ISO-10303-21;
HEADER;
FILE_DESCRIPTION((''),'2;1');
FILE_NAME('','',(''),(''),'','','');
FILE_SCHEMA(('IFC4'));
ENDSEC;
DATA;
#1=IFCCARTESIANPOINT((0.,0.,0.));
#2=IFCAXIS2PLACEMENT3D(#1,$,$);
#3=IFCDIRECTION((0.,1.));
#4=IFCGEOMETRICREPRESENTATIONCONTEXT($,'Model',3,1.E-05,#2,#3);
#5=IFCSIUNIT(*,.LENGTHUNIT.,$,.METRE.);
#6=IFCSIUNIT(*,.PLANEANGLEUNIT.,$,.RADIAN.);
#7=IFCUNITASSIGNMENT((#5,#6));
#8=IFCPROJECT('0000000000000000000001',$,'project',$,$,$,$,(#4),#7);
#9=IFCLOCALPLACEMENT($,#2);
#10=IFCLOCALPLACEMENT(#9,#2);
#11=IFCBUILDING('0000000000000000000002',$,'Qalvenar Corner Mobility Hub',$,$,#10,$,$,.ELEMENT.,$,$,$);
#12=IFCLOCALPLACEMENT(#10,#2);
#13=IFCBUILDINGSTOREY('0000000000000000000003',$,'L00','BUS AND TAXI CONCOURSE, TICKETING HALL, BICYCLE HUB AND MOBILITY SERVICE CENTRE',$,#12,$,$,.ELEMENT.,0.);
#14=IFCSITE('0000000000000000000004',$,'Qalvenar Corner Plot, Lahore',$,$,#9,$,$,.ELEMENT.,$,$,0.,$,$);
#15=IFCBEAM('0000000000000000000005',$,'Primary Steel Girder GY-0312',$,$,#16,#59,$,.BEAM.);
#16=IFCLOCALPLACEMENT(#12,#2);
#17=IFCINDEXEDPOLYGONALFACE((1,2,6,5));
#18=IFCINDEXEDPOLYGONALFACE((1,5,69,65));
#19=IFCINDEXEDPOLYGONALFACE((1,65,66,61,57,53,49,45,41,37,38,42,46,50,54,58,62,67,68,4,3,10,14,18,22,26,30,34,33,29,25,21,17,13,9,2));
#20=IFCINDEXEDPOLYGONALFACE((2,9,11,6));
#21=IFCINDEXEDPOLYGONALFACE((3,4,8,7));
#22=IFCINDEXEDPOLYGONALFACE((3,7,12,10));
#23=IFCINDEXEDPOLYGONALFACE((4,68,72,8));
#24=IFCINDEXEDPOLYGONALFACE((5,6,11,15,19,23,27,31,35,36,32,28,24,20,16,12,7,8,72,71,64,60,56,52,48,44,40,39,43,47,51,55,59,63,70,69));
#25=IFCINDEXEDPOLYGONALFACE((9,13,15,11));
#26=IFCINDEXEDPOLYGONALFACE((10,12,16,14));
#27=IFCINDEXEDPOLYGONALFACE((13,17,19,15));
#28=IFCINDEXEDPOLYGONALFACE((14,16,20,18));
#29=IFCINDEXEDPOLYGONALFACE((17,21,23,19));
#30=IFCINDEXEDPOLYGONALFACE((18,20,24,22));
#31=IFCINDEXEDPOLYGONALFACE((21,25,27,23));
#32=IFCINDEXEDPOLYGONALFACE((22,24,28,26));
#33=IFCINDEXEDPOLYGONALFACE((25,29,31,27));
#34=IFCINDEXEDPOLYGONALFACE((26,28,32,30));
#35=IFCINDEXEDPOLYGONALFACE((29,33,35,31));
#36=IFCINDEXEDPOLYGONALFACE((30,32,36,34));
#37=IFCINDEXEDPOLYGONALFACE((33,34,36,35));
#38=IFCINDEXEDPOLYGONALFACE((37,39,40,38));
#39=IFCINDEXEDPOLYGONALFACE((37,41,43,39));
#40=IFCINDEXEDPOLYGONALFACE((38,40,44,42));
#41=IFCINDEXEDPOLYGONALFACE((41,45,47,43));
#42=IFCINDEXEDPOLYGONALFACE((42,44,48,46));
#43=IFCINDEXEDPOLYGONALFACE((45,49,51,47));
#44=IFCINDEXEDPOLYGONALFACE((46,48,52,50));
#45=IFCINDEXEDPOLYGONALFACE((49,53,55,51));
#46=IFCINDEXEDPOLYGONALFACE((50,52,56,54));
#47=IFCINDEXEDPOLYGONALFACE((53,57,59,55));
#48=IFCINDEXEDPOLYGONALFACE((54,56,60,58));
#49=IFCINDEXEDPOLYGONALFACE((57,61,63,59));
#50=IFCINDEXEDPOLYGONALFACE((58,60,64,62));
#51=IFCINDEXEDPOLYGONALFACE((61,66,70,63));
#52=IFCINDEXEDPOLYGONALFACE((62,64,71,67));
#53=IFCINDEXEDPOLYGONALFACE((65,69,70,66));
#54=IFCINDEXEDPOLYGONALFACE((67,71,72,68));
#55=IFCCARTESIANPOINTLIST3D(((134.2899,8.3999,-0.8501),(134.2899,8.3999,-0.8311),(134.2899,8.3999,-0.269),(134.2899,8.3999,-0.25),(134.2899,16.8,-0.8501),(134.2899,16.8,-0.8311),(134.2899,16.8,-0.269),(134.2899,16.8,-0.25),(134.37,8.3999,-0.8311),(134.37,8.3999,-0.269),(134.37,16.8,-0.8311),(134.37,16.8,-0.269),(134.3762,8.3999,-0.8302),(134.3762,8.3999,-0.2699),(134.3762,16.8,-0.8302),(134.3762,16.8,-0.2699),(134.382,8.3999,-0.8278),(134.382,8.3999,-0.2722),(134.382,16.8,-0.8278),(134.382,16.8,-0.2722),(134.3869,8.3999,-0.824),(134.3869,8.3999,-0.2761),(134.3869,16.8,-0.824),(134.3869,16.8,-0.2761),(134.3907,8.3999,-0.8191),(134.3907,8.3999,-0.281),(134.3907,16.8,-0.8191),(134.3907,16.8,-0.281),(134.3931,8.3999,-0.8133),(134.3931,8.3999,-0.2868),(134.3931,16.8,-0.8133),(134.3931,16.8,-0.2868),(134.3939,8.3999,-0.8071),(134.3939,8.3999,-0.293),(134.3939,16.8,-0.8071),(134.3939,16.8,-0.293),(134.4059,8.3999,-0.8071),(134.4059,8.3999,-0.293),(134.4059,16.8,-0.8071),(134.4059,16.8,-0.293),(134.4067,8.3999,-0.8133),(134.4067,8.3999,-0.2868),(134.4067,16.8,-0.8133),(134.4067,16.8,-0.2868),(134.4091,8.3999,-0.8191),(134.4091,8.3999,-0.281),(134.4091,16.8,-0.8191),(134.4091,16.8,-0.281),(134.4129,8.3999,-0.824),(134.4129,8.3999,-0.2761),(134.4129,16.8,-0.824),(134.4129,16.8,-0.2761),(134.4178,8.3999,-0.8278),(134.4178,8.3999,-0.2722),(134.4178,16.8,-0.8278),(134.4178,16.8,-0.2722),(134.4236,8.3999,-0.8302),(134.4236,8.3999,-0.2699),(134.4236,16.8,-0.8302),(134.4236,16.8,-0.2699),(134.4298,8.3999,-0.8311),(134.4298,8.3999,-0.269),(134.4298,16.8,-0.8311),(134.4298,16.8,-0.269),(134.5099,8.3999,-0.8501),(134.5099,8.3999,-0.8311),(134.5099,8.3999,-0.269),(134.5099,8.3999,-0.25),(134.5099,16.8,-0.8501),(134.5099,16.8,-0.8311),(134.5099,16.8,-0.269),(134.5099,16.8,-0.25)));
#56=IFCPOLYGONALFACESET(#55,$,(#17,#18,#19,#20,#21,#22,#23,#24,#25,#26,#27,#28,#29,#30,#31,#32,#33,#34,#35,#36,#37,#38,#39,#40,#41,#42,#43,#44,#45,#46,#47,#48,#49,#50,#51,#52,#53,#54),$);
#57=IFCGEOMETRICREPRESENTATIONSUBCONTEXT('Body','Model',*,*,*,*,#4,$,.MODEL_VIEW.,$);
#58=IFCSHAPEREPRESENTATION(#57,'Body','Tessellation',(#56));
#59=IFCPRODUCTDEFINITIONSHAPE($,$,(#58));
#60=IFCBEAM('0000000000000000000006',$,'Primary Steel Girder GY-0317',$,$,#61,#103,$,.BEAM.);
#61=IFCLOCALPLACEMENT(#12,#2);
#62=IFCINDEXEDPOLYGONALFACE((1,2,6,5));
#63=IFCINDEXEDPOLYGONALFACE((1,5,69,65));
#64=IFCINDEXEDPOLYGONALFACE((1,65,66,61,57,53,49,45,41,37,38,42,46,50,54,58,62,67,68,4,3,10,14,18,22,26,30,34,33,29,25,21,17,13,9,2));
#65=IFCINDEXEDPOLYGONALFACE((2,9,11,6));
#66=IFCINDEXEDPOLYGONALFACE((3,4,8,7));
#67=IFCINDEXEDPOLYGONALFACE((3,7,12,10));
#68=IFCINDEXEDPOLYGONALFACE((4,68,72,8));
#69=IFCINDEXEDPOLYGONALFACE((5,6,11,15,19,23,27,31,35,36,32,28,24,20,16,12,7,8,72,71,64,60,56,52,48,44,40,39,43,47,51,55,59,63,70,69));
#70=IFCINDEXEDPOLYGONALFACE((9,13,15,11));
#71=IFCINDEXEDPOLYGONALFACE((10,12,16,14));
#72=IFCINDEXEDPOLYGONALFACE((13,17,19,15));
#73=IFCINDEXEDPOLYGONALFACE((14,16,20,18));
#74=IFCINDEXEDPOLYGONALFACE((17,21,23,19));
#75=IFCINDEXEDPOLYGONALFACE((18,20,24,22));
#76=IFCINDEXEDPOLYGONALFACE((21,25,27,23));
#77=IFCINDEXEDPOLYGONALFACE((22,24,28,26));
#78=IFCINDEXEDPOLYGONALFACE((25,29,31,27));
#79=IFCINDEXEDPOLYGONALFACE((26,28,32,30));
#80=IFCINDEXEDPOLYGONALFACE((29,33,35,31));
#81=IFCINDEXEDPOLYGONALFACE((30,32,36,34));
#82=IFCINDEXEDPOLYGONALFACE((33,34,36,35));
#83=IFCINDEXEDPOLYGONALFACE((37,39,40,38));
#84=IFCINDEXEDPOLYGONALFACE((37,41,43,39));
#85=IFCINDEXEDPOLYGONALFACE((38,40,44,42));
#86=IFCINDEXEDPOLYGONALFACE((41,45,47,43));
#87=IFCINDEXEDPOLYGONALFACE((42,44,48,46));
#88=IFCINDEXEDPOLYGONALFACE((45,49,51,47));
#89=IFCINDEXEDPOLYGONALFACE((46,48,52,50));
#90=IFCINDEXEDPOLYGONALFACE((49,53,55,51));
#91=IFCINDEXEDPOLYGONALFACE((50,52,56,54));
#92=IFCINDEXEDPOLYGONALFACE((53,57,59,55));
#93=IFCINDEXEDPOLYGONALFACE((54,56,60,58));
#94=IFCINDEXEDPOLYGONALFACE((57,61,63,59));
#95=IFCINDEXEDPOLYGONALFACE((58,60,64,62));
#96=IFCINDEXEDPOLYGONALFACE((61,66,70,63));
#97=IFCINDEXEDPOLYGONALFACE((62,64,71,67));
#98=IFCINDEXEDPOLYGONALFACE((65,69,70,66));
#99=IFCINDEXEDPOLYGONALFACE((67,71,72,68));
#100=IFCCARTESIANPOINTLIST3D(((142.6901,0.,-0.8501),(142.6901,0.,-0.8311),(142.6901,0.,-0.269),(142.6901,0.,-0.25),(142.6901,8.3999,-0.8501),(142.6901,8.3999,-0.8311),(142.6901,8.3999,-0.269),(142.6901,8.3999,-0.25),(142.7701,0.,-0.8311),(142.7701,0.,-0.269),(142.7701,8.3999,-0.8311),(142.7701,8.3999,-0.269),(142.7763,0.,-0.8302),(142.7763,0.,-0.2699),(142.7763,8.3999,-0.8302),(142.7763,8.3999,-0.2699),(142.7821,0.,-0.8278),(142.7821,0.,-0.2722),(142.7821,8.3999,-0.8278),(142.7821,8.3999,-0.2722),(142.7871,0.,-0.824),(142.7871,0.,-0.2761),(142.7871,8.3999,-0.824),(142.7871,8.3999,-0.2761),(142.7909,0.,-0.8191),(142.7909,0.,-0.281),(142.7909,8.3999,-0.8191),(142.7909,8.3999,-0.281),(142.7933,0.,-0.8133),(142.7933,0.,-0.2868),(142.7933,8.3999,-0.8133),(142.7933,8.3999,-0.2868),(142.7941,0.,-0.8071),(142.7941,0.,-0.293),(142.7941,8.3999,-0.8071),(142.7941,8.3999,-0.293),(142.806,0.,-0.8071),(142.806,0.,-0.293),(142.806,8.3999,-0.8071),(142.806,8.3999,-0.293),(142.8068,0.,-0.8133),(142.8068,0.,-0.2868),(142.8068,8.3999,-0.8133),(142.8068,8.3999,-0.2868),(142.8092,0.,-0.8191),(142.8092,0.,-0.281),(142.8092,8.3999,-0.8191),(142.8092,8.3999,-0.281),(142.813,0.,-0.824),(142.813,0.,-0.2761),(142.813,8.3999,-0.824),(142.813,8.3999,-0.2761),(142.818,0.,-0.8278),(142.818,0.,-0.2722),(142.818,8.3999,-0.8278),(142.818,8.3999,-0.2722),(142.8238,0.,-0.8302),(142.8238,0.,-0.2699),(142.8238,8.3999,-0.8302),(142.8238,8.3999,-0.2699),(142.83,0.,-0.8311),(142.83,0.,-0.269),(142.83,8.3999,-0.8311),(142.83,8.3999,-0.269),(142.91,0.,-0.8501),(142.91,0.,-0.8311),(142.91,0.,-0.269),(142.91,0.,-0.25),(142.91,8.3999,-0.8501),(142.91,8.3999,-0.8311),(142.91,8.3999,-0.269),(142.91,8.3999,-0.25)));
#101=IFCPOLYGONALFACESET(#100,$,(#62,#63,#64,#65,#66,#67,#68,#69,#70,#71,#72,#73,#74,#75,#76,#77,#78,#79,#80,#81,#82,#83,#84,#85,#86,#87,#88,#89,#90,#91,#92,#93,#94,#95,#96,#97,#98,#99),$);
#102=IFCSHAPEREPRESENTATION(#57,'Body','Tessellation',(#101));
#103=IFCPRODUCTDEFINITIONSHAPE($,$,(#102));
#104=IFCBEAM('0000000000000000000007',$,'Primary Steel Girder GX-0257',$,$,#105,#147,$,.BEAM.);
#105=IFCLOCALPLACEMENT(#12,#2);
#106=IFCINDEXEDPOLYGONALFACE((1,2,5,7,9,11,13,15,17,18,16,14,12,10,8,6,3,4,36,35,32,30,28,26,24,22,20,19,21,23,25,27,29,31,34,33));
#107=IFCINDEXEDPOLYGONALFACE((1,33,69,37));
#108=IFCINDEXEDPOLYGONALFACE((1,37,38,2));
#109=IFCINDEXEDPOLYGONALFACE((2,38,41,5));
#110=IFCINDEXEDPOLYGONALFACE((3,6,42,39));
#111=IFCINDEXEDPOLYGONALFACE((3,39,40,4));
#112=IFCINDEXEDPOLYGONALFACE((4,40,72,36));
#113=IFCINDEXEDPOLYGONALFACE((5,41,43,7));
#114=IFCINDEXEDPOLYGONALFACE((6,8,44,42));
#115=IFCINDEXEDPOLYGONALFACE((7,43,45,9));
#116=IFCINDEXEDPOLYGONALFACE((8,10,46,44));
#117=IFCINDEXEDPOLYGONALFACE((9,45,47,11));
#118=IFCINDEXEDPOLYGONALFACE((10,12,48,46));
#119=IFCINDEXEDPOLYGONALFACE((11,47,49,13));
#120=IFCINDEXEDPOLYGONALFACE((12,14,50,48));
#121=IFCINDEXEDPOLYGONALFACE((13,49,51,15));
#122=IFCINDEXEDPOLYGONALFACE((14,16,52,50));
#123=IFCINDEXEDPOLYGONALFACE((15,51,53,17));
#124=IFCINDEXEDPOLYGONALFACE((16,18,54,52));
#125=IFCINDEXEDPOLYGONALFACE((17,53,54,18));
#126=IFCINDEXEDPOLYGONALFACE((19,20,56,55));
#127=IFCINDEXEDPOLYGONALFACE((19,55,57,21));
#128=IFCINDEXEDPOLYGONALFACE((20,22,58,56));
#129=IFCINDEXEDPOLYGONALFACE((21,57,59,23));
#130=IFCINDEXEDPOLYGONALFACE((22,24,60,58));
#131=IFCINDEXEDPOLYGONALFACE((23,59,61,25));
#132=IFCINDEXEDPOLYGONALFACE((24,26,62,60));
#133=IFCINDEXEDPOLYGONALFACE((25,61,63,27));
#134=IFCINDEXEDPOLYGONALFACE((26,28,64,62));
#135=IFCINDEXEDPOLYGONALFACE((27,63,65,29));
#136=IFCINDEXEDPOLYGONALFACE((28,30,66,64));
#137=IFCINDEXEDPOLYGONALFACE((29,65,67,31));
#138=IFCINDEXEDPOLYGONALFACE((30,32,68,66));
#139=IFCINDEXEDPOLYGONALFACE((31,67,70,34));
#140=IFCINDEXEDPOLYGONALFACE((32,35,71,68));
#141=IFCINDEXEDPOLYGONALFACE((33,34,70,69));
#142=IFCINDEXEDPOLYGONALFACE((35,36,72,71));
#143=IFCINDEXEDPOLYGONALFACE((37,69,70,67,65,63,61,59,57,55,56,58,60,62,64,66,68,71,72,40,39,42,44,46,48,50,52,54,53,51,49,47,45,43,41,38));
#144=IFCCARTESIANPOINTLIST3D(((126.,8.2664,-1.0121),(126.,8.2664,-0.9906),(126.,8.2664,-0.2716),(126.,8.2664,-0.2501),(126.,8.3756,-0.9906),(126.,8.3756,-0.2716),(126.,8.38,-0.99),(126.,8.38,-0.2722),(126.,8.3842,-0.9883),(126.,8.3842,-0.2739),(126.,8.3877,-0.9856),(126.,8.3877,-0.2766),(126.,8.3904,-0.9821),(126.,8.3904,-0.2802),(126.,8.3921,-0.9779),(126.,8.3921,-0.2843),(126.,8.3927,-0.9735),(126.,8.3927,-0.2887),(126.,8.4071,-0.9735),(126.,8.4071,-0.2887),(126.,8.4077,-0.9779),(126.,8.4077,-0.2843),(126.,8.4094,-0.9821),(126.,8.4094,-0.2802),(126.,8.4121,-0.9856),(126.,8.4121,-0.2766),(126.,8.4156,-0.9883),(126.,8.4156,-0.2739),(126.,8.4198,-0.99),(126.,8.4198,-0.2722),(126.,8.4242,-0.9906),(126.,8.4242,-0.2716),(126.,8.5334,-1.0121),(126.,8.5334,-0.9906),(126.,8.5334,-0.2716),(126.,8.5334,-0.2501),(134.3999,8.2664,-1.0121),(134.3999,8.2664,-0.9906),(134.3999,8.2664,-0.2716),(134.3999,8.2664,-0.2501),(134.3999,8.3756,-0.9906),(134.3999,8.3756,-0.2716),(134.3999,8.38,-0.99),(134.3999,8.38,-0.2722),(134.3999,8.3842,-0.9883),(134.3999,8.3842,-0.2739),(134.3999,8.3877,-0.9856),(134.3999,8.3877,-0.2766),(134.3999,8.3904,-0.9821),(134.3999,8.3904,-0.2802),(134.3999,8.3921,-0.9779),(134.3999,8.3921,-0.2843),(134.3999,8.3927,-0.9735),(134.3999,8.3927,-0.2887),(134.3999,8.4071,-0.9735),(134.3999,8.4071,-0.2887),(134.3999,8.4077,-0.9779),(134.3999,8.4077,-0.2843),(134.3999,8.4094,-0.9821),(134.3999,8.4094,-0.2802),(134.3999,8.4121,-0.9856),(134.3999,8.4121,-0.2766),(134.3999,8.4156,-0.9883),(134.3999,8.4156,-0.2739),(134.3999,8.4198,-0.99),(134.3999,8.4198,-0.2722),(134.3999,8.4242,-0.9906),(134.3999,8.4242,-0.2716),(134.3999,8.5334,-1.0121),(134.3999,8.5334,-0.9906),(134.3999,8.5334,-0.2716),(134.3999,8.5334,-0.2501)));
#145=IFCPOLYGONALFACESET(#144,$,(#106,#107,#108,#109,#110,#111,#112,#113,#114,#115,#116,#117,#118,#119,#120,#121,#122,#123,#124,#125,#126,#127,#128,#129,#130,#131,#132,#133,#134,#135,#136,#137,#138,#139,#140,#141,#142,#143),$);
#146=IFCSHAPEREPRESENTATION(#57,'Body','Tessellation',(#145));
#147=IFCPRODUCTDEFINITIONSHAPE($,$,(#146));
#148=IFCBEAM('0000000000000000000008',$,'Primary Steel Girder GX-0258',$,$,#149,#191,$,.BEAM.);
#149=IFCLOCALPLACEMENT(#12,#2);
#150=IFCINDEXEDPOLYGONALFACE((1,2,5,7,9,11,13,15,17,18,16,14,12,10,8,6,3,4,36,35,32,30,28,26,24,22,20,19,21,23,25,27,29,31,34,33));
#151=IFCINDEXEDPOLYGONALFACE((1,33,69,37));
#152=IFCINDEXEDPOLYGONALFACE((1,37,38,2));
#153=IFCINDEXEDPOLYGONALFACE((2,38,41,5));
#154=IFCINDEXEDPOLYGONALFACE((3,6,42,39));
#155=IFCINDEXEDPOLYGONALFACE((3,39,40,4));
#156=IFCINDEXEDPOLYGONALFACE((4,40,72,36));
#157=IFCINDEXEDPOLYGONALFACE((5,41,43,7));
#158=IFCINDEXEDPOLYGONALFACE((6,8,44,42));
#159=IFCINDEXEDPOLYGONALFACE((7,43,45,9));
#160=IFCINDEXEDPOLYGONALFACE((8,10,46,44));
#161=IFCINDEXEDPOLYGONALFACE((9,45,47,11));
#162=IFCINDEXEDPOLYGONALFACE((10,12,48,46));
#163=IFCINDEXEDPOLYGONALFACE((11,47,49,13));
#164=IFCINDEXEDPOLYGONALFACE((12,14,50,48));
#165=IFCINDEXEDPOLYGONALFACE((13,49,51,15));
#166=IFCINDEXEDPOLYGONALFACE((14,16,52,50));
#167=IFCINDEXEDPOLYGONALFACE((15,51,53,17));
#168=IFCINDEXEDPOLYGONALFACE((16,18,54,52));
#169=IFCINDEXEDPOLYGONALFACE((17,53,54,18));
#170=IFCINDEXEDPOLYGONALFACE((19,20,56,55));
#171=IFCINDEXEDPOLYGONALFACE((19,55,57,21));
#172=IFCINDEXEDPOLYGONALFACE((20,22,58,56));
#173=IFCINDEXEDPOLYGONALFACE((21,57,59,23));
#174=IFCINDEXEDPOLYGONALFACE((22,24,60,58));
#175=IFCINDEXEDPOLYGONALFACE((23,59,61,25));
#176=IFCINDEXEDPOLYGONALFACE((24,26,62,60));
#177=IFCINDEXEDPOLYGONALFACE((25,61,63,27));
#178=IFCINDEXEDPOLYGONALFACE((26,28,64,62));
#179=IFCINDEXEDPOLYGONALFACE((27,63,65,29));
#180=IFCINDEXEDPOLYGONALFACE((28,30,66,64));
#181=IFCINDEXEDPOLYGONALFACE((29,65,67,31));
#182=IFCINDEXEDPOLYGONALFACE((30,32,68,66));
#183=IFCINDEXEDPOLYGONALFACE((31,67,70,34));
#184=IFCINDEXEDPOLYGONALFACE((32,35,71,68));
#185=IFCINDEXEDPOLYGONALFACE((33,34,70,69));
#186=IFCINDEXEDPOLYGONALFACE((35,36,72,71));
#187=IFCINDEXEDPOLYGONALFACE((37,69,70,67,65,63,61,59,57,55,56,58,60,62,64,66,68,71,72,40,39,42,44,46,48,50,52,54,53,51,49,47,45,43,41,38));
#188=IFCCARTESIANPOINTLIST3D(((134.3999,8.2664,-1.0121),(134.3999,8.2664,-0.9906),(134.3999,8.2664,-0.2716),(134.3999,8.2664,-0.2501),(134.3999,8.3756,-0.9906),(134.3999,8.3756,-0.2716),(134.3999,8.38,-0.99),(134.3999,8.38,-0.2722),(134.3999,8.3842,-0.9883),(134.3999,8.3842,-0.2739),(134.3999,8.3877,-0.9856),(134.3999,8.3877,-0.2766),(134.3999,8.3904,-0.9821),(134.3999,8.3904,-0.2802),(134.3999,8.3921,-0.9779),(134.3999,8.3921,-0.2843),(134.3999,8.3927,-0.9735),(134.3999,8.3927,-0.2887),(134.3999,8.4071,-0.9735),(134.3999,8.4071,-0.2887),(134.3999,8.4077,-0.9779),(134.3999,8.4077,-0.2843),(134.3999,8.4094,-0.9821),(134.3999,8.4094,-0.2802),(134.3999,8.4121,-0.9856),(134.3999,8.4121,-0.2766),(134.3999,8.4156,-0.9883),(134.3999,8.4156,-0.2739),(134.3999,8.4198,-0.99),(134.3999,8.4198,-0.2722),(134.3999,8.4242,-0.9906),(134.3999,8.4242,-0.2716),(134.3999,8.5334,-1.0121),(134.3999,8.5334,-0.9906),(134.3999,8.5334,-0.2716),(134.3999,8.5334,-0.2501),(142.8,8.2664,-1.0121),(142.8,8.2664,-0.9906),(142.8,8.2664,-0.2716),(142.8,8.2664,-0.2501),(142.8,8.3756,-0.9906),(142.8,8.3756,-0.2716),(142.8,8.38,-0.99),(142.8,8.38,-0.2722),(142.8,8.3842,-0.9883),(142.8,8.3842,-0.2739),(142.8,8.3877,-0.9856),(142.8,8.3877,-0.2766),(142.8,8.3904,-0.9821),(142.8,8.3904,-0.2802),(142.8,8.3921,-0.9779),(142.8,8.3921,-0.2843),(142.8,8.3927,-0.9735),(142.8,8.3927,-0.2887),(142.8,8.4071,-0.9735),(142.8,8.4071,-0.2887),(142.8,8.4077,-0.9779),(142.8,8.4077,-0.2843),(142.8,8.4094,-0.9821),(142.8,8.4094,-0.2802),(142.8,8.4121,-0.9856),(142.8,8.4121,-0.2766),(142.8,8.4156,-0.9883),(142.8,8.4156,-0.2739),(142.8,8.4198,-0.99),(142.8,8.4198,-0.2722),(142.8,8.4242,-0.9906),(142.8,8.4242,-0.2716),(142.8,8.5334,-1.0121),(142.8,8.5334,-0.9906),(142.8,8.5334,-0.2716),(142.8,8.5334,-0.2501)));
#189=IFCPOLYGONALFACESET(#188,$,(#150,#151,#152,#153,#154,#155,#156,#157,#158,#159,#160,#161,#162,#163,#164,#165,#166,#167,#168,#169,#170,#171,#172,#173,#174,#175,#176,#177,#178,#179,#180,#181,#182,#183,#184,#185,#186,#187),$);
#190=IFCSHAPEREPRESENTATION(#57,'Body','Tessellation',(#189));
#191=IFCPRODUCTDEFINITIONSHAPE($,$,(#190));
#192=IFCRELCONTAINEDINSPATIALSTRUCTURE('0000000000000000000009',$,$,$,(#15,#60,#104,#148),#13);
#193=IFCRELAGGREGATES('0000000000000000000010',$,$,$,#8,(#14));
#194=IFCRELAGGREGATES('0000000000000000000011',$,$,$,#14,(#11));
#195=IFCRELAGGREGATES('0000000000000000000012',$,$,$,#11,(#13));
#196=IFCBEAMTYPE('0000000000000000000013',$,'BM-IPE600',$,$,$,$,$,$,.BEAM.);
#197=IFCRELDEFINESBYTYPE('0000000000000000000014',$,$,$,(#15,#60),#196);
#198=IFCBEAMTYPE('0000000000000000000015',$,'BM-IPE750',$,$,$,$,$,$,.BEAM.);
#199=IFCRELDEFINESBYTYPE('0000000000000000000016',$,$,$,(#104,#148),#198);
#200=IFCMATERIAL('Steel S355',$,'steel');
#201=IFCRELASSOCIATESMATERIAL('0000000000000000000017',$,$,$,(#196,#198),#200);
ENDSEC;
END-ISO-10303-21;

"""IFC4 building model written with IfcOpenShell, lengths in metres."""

from ifc_helpers import new_model, si_unit, direction, frame, origin, origin_2d, place, context, subcontext, project, spatial, i_section, extrude, material, material_profile, profile_set, type_object, element, save


model = new_model("IFC4")

# Units and contexts
model_context = context("Model", 3, precision=1e-05, world=origin(), true_north=direction((0.0, 1.0)))
body_context = subcontext(model_context, "Body", "Model", "MODEL_VIEW")
ifc_project = project(units=[si_unit("LENGTHUNIT", "METRE"), si_unit("PLANEANGLEUNIT", "RADIAN")], contexts=[model_context])

# Site, building, storey
site_placement = place(None, origin())
site = spatial("IfcSite", under=ifc_project, at=site_placement, Name="Qalvenar Corner Plot, Lahore", CompositionType="ELEMENT", RefElevation=0.0)
building_placement = place(site_placement, origin())
building = spatial("IfcBuilding", under=site, at=building_placement, Name="Qalvenar Corner Mobility Hub", CompositionType="ELEMENT")
storey_placement = place(building_placement, origin())
storey = spatial("IfcBuildingStorey", under=building, at=storey_placement, Name="L00", Description="BUS AND TAXI CONCOURSE, TICKETING HALL, BICYCLE HUB AND MOBILITY SERVICE CENTRE", CompositionType="ELEMENT", Elevation=0.0)

# Shared definitions
ifc_material_1 = material(Name="Steel S355", Category="steel")

# Beams
ifc_material_profile_1 = material_profile(ifc_material_1, i_section(OverallWidth=0.22, OverallDepth=0.6001, WebThickness=0.012, FlangeThickness=0.019, FilletRadius=0.0239, at=origin_2d()), Name="IPE600")
ifc_profile_set_1 = profile_set([ifc_material_profile_1], Name="Steel S355")
beam_type_1 = type_object("IfcBeamType", Name="BM-IPE600", PredefinedType="BEAM", material=ifc_profile_set_1)
for number, where, z_axis, x_axis, name in (
    (1, (134.3999, 8.3999, -0.55), (0.0, 1.0, 0.0), (-1.0, 0.0, 0.0), "Primary Steel Girder GY-0312"),
):
    element("IfcBeam", number, at=place(storey_placement, frame(where, z_axis=z_axis, x_axis=x_axis)), inside=storey, type_object=beam_type_1, Name=name, PredefinedType="BEAM", context=body_context, shape_type="SweptSolid", body=[
        extrude(i_section(OverallWidth=0.22, OverallDepth=0.6001, WebThickness=0.012, FlangeThickness=0.019, FilletRadius=0.0239, at=origin_2d()), origin(), (0.0, 0.0, 1.0), 8.4001),
    ])
beam_1_placement = place(storey_placement, frame((142.8, 0.0, -0.55), z_axis=(0.0, 1.0, 0.0), x_axis=(-1.0, 0.0, 0.0)))
element("IfcBeam", 2, at=beam_1_placement, inside=storey, type_object=beam_type_1, Name="Primary Steel Girder GY-0317", PredefinedType="BEAM", context=body_context, shape_type="SweptSolid", body=[
    extrude(i_section(OverallWidth=0.22, OverallDepth=0.6001, WebThickness=0.012, FlangeThickness=0.019, FilletRadius=0.0239, at=origin_2d()), origin(), (0.0, 0.0, 1.0), 8.3999),
])
ifc_material_profile_2 = material_profile(ifc_material_1, i_section(OverallWidth=0.2671, OverallDepth=0.762, WebThickness=0.0144, FlangeThickness=0.0215, FilletRadius=0.0171, at=origin_2d()), Name="IPE750x173")
ifc_profile_set_2 = profile_set([ifc_material_profile_2], Name="Steel S355")
beam_type_2 = type_object("IfcBeamType", Name="BM-IPE750", PredefinedType="BEAM", material=ifc_profile_set_2)
beam_2_placement = place(storey_placement, frame((126.0, 8.3999, -0.6311), z_axis=(1.0, 0.0, 0.0), x_axis=(0.0, 1.0, 0.0)))
element("IfcBeam", 3, at=beam_2_placement, inside=storey, type_object=beam_type_2, Name="Primary Steel Girder GX-0257", PredefinedType="BEAM", context=body_context, shape_type="SweptSolid", body=[
    extrude(i_section(OverallWidth=0.2671, OverallDepth=0.762, WebThickness=0.0144, FlangeThickness=0.0215, FilletRadius=0.0171, at=origin_2d()), origin(), (0.0, 0.0, 1.0), 8.3999),
])
beam_3_placement = place(storey_placement, frame((134.3999, 8.3999, -0.6311), z_axis=(1.0, 0.0, 0.0), x_axis=(0.0, 1.0, 0.0)))
element("IfcBeam", 4, at=beam_3_placement, inside=storey, type_object=beam_type_2, Name="Primary Steel Girder GX-0258", PredefinedType="BEAM", context=body_context, shape_type="SweptSolid", body=[
    extrude(i_section(OverallWidth=0.2671, OverallDepth=0.762, WebThickness=0.0144, FlangeThickness=0.0215, FilletRadius=0.0171, at=origin_2d()), origin(), (0.0, 0.0, 1.0), 8.4001),
])

save(model, "model.ifc")
